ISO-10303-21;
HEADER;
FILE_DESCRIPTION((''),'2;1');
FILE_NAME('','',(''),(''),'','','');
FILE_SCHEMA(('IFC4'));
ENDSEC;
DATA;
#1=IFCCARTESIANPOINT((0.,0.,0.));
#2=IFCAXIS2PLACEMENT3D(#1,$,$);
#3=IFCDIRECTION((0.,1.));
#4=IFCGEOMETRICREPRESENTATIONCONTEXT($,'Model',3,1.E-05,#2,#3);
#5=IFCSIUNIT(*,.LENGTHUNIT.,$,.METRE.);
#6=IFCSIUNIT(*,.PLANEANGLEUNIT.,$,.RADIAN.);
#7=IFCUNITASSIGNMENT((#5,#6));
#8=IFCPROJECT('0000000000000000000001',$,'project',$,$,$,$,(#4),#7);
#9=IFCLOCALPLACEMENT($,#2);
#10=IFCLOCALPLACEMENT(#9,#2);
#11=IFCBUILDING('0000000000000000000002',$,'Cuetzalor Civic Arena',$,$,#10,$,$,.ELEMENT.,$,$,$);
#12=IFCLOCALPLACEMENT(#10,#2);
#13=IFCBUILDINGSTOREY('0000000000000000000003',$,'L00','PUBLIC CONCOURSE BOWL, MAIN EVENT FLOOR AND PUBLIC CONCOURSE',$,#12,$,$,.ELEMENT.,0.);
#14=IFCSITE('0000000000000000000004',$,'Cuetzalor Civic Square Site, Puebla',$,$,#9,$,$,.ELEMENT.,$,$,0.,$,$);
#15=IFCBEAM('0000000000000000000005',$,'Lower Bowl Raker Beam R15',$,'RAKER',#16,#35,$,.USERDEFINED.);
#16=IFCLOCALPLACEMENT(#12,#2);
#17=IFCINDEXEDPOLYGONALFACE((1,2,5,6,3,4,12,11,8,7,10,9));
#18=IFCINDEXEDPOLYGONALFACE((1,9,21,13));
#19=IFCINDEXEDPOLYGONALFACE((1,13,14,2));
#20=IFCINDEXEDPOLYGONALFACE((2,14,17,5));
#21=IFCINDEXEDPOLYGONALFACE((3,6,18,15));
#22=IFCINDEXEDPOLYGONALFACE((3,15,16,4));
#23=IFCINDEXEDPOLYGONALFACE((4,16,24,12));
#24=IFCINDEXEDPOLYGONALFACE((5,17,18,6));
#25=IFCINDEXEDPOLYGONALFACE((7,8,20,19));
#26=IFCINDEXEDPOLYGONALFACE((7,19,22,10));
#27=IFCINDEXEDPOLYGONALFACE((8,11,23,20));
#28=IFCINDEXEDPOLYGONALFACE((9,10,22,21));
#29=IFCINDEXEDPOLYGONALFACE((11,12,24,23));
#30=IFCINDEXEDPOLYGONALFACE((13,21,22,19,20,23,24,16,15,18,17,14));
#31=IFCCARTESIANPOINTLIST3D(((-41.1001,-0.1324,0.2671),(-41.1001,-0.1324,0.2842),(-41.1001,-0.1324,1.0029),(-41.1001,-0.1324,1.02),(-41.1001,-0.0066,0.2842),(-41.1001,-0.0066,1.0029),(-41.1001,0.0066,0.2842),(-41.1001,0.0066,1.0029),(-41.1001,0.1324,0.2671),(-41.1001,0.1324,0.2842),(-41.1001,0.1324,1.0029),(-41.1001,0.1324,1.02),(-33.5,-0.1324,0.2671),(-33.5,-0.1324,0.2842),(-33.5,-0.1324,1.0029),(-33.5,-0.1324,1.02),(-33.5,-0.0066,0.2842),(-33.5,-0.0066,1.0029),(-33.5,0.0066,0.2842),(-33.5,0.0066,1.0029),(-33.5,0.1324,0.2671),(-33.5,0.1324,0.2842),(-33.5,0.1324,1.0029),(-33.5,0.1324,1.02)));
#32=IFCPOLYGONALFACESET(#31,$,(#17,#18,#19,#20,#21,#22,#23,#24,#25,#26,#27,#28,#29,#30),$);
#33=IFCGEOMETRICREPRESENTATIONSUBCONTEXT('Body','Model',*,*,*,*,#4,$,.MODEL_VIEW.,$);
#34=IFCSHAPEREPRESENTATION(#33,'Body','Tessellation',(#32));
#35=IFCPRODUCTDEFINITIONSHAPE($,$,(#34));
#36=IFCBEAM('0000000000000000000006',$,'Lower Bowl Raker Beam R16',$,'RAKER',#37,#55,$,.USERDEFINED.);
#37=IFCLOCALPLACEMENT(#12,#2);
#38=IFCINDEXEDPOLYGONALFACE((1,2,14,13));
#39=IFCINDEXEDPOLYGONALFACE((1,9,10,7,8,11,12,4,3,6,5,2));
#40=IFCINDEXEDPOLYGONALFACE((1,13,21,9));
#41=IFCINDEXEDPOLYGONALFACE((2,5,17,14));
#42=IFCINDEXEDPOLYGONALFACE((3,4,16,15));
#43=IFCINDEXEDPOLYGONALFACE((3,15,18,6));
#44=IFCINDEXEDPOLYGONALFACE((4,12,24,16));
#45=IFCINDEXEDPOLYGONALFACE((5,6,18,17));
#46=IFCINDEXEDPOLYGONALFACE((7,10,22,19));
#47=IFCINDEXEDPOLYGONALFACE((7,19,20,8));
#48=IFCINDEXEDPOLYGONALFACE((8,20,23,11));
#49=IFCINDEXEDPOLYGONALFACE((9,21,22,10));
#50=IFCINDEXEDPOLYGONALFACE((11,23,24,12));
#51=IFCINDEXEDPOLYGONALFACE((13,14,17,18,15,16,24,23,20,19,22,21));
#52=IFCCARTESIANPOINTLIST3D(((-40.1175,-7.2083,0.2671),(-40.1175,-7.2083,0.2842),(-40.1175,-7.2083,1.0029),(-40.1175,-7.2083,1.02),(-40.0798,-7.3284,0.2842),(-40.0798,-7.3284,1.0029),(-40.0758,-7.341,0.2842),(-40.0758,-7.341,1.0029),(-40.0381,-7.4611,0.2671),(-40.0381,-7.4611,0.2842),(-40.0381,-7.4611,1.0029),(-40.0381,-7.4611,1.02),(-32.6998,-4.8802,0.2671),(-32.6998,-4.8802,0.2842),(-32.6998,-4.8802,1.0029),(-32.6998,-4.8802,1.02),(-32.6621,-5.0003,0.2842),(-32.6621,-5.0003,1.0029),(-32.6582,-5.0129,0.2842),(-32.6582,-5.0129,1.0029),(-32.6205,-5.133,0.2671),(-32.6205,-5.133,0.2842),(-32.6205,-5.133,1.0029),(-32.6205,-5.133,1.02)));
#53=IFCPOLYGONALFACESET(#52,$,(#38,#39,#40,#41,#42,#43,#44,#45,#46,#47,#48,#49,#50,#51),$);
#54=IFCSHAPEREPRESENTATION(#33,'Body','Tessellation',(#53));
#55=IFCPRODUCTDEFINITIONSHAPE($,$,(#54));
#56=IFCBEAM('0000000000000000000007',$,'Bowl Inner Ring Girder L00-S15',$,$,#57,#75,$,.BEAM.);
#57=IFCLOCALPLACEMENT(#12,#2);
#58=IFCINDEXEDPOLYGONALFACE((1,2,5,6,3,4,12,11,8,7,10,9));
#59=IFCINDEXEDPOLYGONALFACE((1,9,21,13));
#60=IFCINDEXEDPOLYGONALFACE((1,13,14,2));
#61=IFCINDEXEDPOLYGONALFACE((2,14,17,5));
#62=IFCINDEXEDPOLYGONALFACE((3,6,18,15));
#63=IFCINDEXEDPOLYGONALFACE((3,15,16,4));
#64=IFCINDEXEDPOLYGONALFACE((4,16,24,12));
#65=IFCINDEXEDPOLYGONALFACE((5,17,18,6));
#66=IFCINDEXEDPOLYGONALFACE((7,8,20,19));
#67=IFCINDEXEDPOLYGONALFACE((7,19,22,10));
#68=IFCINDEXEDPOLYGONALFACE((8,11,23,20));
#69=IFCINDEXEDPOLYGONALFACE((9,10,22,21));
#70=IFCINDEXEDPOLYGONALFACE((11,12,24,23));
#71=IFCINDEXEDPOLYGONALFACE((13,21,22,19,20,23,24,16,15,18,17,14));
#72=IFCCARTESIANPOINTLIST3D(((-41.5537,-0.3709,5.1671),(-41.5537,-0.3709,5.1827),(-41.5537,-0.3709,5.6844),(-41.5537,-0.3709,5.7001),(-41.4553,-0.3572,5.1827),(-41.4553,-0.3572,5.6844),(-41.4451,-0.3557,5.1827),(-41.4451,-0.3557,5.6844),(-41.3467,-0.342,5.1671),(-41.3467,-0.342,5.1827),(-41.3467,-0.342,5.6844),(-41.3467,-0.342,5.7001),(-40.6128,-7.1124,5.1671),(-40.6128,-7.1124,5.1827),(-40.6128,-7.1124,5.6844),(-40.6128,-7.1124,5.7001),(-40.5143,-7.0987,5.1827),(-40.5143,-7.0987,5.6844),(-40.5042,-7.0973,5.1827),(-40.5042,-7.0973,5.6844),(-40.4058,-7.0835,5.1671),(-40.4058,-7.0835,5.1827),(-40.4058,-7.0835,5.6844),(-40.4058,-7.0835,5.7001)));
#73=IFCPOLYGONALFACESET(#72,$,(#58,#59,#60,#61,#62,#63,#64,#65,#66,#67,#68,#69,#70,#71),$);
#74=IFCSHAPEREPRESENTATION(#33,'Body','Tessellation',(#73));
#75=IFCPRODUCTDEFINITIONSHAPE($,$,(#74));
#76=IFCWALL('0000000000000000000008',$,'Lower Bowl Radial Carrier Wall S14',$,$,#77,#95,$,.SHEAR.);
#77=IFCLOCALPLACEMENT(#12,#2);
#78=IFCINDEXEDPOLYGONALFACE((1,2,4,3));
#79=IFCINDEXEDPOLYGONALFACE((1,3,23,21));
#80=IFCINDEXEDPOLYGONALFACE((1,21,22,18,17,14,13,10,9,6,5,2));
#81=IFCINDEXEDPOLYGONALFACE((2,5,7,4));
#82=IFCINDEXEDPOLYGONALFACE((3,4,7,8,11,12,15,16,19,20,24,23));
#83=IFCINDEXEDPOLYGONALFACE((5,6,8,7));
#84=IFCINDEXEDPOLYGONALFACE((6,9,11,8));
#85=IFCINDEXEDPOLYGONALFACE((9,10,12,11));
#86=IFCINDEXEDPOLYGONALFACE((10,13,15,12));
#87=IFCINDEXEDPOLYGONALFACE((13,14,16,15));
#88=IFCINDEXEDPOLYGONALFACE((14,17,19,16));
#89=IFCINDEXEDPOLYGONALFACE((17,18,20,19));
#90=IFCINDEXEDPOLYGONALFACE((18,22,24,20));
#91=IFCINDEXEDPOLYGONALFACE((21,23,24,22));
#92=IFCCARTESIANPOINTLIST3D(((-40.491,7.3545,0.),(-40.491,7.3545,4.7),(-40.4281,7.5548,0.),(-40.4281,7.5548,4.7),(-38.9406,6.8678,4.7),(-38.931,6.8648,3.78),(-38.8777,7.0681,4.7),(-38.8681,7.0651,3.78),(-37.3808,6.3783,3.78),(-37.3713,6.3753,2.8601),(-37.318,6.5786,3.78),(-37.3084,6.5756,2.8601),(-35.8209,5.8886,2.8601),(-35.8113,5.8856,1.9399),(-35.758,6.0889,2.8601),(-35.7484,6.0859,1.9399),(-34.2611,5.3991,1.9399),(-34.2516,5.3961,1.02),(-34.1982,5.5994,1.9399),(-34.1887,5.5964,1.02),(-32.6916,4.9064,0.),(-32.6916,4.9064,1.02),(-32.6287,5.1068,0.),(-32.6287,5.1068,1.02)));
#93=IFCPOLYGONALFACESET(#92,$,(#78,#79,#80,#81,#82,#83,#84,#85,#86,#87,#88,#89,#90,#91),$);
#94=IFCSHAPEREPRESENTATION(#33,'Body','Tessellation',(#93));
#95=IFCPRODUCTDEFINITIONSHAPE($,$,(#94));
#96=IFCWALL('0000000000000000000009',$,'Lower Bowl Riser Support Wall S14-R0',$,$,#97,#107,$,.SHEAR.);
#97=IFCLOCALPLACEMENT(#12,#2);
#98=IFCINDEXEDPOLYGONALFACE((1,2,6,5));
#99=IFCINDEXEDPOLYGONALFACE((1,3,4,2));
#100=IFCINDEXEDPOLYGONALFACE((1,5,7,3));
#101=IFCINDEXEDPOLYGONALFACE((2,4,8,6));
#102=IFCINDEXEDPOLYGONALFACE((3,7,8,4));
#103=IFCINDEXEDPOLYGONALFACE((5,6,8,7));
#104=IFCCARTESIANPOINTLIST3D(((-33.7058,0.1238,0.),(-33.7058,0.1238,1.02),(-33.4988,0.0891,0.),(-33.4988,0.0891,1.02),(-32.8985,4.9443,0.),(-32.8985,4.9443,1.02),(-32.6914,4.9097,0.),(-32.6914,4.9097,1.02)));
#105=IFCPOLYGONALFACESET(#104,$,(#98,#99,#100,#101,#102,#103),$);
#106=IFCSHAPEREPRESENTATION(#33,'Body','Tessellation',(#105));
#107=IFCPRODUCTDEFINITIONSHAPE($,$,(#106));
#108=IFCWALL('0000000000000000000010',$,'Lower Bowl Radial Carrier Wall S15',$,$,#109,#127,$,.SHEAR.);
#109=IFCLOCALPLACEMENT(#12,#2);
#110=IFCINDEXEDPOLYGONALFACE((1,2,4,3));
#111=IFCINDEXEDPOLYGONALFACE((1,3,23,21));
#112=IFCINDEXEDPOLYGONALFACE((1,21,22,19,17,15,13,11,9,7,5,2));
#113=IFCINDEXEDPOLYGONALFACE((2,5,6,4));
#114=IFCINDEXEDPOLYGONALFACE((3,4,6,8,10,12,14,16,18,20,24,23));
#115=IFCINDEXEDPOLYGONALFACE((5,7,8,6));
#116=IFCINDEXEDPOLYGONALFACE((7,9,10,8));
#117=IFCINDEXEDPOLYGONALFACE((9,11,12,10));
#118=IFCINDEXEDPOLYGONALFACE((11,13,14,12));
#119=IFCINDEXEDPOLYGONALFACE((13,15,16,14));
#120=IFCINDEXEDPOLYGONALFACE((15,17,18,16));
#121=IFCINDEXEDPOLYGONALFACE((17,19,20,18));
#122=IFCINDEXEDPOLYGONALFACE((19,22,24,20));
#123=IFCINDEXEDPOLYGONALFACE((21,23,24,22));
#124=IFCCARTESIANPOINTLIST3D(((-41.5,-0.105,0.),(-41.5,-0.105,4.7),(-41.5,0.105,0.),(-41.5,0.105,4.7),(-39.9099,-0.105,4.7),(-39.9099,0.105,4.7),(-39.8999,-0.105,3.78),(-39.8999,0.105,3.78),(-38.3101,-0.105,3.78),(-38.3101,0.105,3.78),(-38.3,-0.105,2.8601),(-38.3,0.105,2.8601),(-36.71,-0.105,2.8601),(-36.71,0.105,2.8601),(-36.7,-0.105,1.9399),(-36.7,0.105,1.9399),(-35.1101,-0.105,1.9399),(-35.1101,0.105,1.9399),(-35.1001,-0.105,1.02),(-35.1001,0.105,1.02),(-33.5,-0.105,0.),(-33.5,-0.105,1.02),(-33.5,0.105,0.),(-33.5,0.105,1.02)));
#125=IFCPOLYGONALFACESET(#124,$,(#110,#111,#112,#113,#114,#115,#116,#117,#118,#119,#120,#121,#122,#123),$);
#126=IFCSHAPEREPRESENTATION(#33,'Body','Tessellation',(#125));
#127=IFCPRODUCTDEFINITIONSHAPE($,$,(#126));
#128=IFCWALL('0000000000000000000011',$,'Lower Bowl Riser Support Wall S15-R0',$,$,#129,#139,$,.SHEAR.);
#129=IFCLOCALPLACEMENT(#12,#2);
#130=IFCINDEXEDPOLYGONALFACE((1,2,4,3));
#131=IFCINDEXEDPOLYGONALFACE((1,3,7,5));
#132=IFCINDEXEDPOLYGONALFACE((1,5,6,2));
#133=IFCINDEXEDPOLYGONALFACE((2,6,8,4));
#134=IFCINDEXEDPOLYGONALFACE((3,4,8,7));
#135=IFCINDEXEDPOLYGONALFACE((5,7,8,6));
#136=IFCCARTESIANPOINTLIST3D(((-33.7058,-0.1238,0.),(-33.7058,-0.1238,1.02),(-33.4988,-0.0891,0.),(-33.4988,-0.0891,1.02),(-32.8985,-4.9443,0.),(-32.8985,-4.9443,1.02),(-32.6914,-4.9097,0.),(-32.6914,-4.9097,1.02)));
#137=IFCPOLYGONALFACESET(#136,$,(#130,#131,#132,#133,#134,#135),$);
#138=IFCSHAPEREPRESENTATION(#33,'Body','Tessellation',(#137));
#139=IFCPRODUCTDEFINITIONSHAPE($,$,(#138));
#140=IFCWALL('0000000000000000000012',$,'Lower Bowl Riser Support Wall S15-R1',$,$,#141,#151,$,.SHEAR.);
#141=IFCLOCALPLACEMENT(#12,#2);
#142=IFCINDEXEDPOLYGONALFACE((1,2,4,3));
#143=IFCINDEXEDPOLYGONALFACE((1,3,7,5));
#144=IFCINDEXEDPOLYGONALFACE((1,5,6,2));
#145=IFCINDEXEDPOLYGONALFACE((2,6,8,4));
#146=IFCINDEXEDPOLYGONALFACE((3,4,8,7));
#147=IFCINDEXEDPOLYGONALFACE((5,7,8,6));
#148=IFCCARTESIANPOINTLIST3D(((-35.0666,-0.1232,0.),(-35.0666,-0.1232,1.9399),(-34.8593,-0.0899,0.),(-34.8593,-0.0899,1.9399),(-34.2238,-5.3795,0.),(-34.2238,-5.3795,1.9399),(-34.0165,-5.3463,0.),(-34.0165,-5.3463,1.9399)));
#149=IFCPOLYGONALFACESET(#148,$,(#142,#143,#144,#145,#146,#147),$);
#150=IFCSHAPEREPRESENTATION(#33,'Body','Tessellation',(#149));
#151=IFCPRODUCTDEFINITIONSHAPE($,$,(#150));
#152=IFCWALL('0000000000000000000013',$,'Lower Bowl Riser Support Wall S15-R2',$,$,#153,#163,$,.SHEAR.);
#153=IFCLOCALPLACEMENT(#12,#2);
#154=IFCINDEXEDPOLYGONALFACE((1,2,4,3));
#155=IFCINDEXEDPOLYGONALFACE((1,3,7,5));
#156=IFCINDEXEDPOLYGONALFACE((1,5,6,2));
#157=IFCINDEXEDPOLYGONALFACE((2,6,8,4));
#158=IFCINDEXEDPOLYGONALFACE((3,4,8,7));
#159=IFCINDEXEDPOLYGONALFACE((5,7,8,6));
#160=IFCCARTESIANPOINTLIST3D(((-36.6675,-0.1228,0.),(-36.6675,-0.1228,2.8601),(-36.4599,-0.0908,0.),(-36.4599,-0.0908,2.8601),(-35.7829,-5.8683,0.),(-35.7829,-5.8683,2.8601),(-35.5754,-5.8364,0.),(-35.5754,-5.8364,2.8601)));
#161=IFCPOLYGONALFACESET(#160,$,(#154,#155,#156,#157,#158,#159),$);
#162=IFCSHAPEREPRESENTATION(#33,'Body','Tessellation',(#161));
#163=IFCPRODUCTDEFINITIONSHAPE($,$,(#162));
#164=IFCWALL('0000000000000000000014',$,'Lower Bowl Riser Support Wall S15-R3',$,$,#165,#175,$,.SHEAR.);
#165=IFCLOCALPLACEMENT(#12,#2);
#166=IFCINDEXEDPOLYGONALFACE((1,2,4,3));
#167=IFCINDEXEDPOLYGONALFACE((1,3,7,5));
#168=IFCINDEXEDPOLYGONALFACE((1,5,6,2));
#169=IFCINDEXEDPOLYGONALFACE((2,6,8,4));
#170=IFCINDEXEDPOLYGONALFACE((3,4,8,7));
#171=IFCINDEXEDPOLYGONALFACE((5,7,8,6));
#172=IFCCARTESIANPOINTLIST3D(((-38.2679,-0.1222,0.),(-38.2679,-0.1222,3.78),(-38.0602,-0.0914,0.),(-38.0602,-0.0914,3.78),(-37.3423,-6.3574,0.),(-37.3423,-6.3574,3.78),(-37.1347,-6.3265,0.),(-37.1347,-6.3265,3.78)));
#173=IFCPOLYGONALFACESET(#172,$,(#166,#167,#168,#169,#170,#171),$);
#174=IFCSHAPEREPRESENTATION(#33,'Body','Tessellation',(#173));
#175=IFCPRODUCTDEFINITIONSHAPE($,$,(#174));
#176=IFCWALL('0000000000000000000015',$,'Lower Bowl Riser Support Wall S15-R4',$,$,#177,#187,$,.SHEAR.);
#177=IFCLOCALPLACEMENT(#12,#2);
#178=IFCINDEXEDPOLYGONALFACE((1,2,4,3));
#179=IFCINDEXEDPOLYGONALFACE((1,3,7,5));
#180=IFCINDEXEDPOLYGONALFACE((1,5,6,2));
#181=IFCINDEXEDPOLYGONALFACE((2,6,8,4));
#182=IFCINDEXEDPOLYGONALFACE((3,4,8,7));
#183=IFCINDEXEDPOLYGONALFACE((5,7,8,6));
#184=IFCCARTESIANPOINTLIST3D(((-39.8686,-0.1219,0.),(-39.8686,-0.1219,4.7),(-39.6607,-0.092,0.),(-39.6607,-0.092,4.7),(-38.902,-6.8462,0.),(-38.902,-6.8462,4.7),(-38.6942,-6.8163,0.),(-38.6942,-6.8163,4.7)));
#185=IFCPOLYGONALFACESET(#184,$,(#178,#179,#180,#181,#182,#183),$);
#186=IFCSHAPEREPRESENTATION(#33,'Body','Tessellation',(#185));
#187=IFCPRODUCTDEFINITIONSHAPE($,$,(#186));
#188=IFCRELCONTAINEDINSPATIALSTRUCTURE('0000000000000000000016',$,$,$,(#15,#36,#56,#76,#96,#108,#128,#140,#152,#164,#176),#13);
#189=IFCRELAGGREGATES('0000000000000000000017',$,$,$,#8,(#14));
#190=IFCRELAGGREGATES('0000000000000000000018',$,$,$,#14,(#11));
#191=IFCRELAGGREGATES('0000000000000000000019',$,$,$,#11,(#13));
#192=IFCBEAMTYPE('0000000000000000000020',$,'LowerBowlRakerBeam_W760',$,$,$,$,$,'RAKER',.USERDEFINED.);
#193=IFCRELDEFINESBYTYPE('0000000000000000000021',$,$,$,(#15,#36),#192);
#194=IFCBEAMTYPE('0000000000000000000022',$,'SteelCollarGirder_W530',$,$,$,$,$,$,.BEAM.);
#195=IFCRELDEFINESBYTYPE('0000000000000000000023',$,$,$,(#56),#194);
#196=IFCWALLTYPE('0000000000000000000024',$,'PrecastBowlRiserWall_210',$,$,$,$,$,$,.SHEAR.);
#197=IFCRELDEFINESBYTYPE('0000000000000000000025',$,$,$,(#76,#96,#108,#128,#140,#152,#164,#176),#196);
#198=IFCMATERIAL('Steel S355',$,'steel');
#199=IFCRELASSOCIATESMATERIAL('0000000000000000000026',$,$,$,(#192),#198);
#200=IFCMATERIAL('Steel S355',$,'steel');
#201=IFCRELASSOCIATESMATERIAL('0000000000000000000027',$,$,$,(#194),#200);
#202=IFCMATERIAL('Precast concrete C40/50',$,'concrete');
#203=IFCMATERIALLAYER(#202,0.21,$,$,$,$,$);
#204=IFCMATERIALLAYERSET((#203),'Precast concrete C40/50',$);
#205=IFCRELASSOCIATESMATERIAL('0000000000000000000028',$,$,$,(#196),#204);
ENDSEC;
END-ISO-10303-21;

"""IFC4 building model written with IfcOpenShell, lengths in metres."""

from ifc_helpers import new_model, si_unit, direction, frame, frame_2d, origin, origin_2d, place, context, subcontext, project, spatial, polyline, rectangle, i_section, outline, extrude, material, layer, layer_set, material_profile, profile_set, type_object, element, save


model = new_model("IFC4")

# Units and contexts
model_context = context("Model", 3, precision=1e-05, world=origin(), true_north=direction((0.0, 1.0)))
body_context = subcontext(model_context, "Body", "Model", "MODEL_VIEW")
ifc_project = project(units=[si_unit("LENGTHUNIT", "METRE"), si_unit("PLANEANGLEUNIT", "RADIAN")], contexts=[model_context])

# Site, building, storey
site_placement = place(None, origin())
site = spatial("IfcSite", under=ifc_project, at=site_placement, Name="Cuetzalor Civic Square Site, Puebla", CompositionType="ELEMENT", RefElevation=0.0)
building_placement = place(site_placement, origin())
building = spatial("IfcBuilding", under=site, at=building_placement, Name="Cuetzalor Civic Arena", CompositionType="ELEMENT")
storey_placement = place(building_placement, origin())
storey = spatial("IfcBuildingStorey", under=building, at=storey_placement, Name="L00", Description="PUBLIC CONCOURSE BOWL, MAIN EVENT FLOOR AND PUBLIC CONCOURSE", CompositionType="ELEMENT", Elevation=0.0)

# Beams
ifc_material_1 = material(Name="Steel S355", Category="steel")
ifc_material_profile_1 = material_profile(ifc_material_1, i_section(OverallWidth=0.2649, OverallDepth=0.7529, WebThickness=0.0132, FlangeThickness=0.0171, at=origin_2d()), Name="W760x147")
ifc_profile_set_1 = profile_set([ifc_material_profile_1], Name="Steel S355")
beam_type_1 = type_object("IfcBeamType", Name="LowerBowlRakerBeam_W760", ElementType="RAKER", PredefinedType="USERDEFINED", material=ifc_profile_set_1)
beam_1_placement = place(storey_placement, frame((-33.5, 0.0, 0.6436), z_axis=(-1.0, 0.0, 0.0), x_axis=(0.0, -1.0, 0.0)))
element("IfcBeam", 1, at=beam_1_placement, inside=storey, type_object=beam_type_1, Name="Lower Bowl Raker Beam R15", ObjectType="RAKER", PredefinedType="USERDEFINED", context=body_context, shape_type="SweptSolid", body=[
    extrude(i_section(OverallWidth=0.2649, OverallDepth=0.7529, WebThickness=0.0132, FlangeThickness=0.0171, at=origin_2d()), origin(), (0.0, 0.0, 1.0), 7.6001),
])
beam_2_placement = place(storey_placement, frame((-32.6602, -5.0066, 0.6436), z_axis=(-0.95411, -0.299457, 0.0), x_axis=(0.299457, -0.95411, 0.0)))
element("IfcBeam", 2, at=beam_2_placement, inside=storey, type_object=beam_type_1, Name="Lower Bowl Raker Beam R16", ObjectType="RAKER", PredefinedType="USERDEFINED", context=body_context, shape_type="SweptSolid", body=[
    extrude(i_section(OverallWidth=0.2649, OverallDepth=0.7529, WebThickness=0.0132, FlangeThickness=0.0171, at=origin_2d()), origin(), (0.0, 0.0, 1.0), 7.7744),
])
ifc_material_2 = material(Name="Steel S355", Category="steel")
ifc_material_profile_2 = material_profile(ifc_material_2, i_section(OverallWidth=0.209, OverallDepth=0.533, WebThickness=0.0103, FlangeThickness=0.0156, at=origin_2d()), Name="W530x92")
ifc_profile_set_2 = profile_set([ifc_material_profile_2], Name="Steel S355")
beam_type_2 = type_object("IfcBeamType", Name="SteelCollarGirder_W530", PredefinedType="BEAM", material=ifc_profile_set_2)
beam_3_placement = place(storey_placement, frame((-41.4502, -0.3564, 5.4336), z_axis=(0.138232, -0.9904, 0.0), x_axis=(0.9904, 0.138232, 0.0)))
element("IfcBeam", 3, at=beam_3_placement, inside=storey, type_object=beam_type_2, Name="Bowl Inner Ring Girder L00-S15", PredefinedType="BEAM", context=body_context, shape_type="SweptSolid", body=[
    extrude(i_section(OverallWidth=0.209, OverallDepth=0.533, WebThickness=0.0103, FlangeThickness=0.0156, at=origin_2d()), origin(), (0.0, 0.0, 1.0), 6.8069),
])

# Walls
ifc_material_3 = material(Name="Precast concrete C40/50", Category="concrete")
ifc_layer = layer(ifc_material_3, 0.21)
ifc_layer_set = layer_set([ifc_layer], Name="Precast concrete C40/50")
wall_type = type_object("IfcWallType", Name="PrecastBowlRiserWall_210", PredefinedType="SHEAR", material=ifc_layer_set)
wall_1_placement = place(storey_placement, frame((-32.6602, 5.0066, 0.0), z_axis=(0.0, 0.0, 1.0), x_axis=(-0.954106, 0.299469, 0.0)))
element("IfcWall", 4, at=wall_1_placement, inside=storey, type_object=wall_type, Name="Lower Bowl Radial Carrier Wall S14", PredefinedType="SHEAR", context=body_context, shape_type="SweptSolid", body=[
    extrude(outline(polyline([(0.0, 0.0), (8.1746, 0.0), (8.1746, 4.7), (6.5496, 4.7), (6.5396, 3.78), (4.9148, 3.78), (4.9048, 2.8601), (3.2798, 2.8601), (3.2698, 1.9399), (1.645, 1.9399), (1.635, 1.02), (0.0, 1.02), (0.0, 0.0)])), frame((0.0, 0.105, 0.0), z_axis=(0.0, -1.0, 0.0), x_axis=(1.0, 0.0, 0.0)), (0.0, 0.0, 1.0), 0.21),
])
wall_2_placement = place(storey_placement, frame((-32.7949, 4.927, 0.0), z_axis=(0.0, 0.0, 1.0), x_axis=(-0.165185, -0.986263, 0.0)))
element("IfcWall", 5, at=wall_2_placement, inside=storey, type_object=wall_type, Name="Lower Bowl Riser Support Wall S14-R0", PredefinedType="SHEAR", context=body_context, shape_type="SweptSolid", body=[
    extrude(rectangle(XDim=4.8877, YDim=0.21, at=frame_2d((2.4438, 0.0))), origin(), (0.0, 0.0, 1.0), 1.02),
])
wall_3_placement = place(storey_placement, frame((-33.5, 0.0, 0.0), z_axis=(0.0, 0.0, 1.0), x_axis=(-1.0, 0.0, 0.0)))
element("IfcWall", 6, at=wall_3_placement, inside=storey, type_object=wall_type, Name="Lower Bowl Radial Carrier Wall S15", PredefinedType="SHEAR", context=body_context, shape_type="SweptSolid", body=[
    extrude(outline(polyline([(0.0, 0.0), (8.0, 0.0), (8.0, 4.7), (6.4099, 4.7), (6.3999, 3.78), (4.8101, 3.78), (4.8, 2.8601), (3.21, 2.8601), (3.2, 1.9399), (1.6101, 1.9399), (1.6001, 1.02), (0.0, 1.02), (0.0, 0.0)])), frame((0.0, 0.105, 0.0), z_axis=(0.0, -1.0, 0.0), x_axis=(1.0, 0.0, 0.0)), (0.0, 0.0, 1.0), 0.21),
])
wall_4_placement = place(storey_placement, frame((-33.6023, -0.1064, 0.0), z_axis=(0.0, 0.0, 1.0), x_axis=(0.165185, -0.986263, 0.0)))
element("IfcWall", 7, at=wall_4_placement, inside=storey, type_object=wall_type, Name="Lower Bowl Riser Support Wall S15-R0", PredefinedType="SHEAR", context=body_context, shape_type="SweptSolid", body=[
    extrude(rectangle(XDim=4.8877, YDim=0.21, at=frame_2d((2.4438, 0.0))), origin(), (0.0, 0.0, 1.0), 1.02),
])
wall_5_placement = place(storey_placement, frame((-34.9629, -0.1067, 0.0), z_axis=(0.0, 0.0, 1.0), x_axis=(0.158312, -0.987389, 0.0)))
element("IfcWall", 8, at=wall_5_placement, inside=storey, type_object=wall_type, Name="Lower Bowl Riser Support Wall S15-R1", PredefinedType="SHEAR", context=body_context, shape_type="SweptSolid", body=[
    extrude(rectangle(XDim=5.3235, YDim=0.21, at=frame_2d((2.6616, 0.0))), origin(), (0.0, 0.0, 1.0), 1.9399),
])
wall_6_placement = place(storey_placement, frame((-36.5637, -0.1067, 0.0), z_axis=(0.0, 0.0, 1.0), x_axis=(0.152155, -0.988357, 0.0)))
element("IfcWall", 9, at=wall_6_placement, inside=storey, type_object=wall_type, Name="Lower Bowl Riser Support Wall S15-R2", PredefinedType="SHEAR", context=body_context, shape_type="SweptSolid", body=[
    extrude(rectangle(XDim=5.8132, YDim=0.21, at=frame_2d((2.9067, 0.0))), origin(), (0.0, 0.0, 1.0), 2.8601),
])
wall_7_placement = place(storey_placement, frame((-38.1641, -0.1067, 0.0), z_axis=(0.0, 0.0, 1.0), x_axis=(0.146831, -0.989162, 0.0)))
element("IfcWall", 10, at=wall_7_placement, inside=storey, type_object=wall_type, Name="Lower Bowl Riser Support Wall S15-R3", PredefinedType="SHEAR", context=body_context, shape_type="SweptSolid", body=[
    extrude(rectangle(XDim=6.3035, YDim=0.21, at=frame_2d((3.1519, 0.0))), origin(), (0.0, 0.0, 1.0), 3.78),
])
wall_8_placement = place(storey_placement, frame((-39.7646, -0.1069, 0.0), z_axis=(0.0, 0.0, 1.0), x_axis=(0.142277, -0.989827, 0.0)))
element("IfcWall", 11, at=wall_8_placement, inside=storey, type_object=wall_type, Name="Lower Bowl Riser Support Wall S15-R4", PredefinedType="SHEAR", context=body_context, shape_type="SweptSolid", body=[
    extrude(rectangle(XDim=6.7935, YDim=0.21, at=frame_2d((3.3967, 0.0))), origin(), (0.0, 0.0, 1.0), 4.7),
])

save(model, "model.ifc")
